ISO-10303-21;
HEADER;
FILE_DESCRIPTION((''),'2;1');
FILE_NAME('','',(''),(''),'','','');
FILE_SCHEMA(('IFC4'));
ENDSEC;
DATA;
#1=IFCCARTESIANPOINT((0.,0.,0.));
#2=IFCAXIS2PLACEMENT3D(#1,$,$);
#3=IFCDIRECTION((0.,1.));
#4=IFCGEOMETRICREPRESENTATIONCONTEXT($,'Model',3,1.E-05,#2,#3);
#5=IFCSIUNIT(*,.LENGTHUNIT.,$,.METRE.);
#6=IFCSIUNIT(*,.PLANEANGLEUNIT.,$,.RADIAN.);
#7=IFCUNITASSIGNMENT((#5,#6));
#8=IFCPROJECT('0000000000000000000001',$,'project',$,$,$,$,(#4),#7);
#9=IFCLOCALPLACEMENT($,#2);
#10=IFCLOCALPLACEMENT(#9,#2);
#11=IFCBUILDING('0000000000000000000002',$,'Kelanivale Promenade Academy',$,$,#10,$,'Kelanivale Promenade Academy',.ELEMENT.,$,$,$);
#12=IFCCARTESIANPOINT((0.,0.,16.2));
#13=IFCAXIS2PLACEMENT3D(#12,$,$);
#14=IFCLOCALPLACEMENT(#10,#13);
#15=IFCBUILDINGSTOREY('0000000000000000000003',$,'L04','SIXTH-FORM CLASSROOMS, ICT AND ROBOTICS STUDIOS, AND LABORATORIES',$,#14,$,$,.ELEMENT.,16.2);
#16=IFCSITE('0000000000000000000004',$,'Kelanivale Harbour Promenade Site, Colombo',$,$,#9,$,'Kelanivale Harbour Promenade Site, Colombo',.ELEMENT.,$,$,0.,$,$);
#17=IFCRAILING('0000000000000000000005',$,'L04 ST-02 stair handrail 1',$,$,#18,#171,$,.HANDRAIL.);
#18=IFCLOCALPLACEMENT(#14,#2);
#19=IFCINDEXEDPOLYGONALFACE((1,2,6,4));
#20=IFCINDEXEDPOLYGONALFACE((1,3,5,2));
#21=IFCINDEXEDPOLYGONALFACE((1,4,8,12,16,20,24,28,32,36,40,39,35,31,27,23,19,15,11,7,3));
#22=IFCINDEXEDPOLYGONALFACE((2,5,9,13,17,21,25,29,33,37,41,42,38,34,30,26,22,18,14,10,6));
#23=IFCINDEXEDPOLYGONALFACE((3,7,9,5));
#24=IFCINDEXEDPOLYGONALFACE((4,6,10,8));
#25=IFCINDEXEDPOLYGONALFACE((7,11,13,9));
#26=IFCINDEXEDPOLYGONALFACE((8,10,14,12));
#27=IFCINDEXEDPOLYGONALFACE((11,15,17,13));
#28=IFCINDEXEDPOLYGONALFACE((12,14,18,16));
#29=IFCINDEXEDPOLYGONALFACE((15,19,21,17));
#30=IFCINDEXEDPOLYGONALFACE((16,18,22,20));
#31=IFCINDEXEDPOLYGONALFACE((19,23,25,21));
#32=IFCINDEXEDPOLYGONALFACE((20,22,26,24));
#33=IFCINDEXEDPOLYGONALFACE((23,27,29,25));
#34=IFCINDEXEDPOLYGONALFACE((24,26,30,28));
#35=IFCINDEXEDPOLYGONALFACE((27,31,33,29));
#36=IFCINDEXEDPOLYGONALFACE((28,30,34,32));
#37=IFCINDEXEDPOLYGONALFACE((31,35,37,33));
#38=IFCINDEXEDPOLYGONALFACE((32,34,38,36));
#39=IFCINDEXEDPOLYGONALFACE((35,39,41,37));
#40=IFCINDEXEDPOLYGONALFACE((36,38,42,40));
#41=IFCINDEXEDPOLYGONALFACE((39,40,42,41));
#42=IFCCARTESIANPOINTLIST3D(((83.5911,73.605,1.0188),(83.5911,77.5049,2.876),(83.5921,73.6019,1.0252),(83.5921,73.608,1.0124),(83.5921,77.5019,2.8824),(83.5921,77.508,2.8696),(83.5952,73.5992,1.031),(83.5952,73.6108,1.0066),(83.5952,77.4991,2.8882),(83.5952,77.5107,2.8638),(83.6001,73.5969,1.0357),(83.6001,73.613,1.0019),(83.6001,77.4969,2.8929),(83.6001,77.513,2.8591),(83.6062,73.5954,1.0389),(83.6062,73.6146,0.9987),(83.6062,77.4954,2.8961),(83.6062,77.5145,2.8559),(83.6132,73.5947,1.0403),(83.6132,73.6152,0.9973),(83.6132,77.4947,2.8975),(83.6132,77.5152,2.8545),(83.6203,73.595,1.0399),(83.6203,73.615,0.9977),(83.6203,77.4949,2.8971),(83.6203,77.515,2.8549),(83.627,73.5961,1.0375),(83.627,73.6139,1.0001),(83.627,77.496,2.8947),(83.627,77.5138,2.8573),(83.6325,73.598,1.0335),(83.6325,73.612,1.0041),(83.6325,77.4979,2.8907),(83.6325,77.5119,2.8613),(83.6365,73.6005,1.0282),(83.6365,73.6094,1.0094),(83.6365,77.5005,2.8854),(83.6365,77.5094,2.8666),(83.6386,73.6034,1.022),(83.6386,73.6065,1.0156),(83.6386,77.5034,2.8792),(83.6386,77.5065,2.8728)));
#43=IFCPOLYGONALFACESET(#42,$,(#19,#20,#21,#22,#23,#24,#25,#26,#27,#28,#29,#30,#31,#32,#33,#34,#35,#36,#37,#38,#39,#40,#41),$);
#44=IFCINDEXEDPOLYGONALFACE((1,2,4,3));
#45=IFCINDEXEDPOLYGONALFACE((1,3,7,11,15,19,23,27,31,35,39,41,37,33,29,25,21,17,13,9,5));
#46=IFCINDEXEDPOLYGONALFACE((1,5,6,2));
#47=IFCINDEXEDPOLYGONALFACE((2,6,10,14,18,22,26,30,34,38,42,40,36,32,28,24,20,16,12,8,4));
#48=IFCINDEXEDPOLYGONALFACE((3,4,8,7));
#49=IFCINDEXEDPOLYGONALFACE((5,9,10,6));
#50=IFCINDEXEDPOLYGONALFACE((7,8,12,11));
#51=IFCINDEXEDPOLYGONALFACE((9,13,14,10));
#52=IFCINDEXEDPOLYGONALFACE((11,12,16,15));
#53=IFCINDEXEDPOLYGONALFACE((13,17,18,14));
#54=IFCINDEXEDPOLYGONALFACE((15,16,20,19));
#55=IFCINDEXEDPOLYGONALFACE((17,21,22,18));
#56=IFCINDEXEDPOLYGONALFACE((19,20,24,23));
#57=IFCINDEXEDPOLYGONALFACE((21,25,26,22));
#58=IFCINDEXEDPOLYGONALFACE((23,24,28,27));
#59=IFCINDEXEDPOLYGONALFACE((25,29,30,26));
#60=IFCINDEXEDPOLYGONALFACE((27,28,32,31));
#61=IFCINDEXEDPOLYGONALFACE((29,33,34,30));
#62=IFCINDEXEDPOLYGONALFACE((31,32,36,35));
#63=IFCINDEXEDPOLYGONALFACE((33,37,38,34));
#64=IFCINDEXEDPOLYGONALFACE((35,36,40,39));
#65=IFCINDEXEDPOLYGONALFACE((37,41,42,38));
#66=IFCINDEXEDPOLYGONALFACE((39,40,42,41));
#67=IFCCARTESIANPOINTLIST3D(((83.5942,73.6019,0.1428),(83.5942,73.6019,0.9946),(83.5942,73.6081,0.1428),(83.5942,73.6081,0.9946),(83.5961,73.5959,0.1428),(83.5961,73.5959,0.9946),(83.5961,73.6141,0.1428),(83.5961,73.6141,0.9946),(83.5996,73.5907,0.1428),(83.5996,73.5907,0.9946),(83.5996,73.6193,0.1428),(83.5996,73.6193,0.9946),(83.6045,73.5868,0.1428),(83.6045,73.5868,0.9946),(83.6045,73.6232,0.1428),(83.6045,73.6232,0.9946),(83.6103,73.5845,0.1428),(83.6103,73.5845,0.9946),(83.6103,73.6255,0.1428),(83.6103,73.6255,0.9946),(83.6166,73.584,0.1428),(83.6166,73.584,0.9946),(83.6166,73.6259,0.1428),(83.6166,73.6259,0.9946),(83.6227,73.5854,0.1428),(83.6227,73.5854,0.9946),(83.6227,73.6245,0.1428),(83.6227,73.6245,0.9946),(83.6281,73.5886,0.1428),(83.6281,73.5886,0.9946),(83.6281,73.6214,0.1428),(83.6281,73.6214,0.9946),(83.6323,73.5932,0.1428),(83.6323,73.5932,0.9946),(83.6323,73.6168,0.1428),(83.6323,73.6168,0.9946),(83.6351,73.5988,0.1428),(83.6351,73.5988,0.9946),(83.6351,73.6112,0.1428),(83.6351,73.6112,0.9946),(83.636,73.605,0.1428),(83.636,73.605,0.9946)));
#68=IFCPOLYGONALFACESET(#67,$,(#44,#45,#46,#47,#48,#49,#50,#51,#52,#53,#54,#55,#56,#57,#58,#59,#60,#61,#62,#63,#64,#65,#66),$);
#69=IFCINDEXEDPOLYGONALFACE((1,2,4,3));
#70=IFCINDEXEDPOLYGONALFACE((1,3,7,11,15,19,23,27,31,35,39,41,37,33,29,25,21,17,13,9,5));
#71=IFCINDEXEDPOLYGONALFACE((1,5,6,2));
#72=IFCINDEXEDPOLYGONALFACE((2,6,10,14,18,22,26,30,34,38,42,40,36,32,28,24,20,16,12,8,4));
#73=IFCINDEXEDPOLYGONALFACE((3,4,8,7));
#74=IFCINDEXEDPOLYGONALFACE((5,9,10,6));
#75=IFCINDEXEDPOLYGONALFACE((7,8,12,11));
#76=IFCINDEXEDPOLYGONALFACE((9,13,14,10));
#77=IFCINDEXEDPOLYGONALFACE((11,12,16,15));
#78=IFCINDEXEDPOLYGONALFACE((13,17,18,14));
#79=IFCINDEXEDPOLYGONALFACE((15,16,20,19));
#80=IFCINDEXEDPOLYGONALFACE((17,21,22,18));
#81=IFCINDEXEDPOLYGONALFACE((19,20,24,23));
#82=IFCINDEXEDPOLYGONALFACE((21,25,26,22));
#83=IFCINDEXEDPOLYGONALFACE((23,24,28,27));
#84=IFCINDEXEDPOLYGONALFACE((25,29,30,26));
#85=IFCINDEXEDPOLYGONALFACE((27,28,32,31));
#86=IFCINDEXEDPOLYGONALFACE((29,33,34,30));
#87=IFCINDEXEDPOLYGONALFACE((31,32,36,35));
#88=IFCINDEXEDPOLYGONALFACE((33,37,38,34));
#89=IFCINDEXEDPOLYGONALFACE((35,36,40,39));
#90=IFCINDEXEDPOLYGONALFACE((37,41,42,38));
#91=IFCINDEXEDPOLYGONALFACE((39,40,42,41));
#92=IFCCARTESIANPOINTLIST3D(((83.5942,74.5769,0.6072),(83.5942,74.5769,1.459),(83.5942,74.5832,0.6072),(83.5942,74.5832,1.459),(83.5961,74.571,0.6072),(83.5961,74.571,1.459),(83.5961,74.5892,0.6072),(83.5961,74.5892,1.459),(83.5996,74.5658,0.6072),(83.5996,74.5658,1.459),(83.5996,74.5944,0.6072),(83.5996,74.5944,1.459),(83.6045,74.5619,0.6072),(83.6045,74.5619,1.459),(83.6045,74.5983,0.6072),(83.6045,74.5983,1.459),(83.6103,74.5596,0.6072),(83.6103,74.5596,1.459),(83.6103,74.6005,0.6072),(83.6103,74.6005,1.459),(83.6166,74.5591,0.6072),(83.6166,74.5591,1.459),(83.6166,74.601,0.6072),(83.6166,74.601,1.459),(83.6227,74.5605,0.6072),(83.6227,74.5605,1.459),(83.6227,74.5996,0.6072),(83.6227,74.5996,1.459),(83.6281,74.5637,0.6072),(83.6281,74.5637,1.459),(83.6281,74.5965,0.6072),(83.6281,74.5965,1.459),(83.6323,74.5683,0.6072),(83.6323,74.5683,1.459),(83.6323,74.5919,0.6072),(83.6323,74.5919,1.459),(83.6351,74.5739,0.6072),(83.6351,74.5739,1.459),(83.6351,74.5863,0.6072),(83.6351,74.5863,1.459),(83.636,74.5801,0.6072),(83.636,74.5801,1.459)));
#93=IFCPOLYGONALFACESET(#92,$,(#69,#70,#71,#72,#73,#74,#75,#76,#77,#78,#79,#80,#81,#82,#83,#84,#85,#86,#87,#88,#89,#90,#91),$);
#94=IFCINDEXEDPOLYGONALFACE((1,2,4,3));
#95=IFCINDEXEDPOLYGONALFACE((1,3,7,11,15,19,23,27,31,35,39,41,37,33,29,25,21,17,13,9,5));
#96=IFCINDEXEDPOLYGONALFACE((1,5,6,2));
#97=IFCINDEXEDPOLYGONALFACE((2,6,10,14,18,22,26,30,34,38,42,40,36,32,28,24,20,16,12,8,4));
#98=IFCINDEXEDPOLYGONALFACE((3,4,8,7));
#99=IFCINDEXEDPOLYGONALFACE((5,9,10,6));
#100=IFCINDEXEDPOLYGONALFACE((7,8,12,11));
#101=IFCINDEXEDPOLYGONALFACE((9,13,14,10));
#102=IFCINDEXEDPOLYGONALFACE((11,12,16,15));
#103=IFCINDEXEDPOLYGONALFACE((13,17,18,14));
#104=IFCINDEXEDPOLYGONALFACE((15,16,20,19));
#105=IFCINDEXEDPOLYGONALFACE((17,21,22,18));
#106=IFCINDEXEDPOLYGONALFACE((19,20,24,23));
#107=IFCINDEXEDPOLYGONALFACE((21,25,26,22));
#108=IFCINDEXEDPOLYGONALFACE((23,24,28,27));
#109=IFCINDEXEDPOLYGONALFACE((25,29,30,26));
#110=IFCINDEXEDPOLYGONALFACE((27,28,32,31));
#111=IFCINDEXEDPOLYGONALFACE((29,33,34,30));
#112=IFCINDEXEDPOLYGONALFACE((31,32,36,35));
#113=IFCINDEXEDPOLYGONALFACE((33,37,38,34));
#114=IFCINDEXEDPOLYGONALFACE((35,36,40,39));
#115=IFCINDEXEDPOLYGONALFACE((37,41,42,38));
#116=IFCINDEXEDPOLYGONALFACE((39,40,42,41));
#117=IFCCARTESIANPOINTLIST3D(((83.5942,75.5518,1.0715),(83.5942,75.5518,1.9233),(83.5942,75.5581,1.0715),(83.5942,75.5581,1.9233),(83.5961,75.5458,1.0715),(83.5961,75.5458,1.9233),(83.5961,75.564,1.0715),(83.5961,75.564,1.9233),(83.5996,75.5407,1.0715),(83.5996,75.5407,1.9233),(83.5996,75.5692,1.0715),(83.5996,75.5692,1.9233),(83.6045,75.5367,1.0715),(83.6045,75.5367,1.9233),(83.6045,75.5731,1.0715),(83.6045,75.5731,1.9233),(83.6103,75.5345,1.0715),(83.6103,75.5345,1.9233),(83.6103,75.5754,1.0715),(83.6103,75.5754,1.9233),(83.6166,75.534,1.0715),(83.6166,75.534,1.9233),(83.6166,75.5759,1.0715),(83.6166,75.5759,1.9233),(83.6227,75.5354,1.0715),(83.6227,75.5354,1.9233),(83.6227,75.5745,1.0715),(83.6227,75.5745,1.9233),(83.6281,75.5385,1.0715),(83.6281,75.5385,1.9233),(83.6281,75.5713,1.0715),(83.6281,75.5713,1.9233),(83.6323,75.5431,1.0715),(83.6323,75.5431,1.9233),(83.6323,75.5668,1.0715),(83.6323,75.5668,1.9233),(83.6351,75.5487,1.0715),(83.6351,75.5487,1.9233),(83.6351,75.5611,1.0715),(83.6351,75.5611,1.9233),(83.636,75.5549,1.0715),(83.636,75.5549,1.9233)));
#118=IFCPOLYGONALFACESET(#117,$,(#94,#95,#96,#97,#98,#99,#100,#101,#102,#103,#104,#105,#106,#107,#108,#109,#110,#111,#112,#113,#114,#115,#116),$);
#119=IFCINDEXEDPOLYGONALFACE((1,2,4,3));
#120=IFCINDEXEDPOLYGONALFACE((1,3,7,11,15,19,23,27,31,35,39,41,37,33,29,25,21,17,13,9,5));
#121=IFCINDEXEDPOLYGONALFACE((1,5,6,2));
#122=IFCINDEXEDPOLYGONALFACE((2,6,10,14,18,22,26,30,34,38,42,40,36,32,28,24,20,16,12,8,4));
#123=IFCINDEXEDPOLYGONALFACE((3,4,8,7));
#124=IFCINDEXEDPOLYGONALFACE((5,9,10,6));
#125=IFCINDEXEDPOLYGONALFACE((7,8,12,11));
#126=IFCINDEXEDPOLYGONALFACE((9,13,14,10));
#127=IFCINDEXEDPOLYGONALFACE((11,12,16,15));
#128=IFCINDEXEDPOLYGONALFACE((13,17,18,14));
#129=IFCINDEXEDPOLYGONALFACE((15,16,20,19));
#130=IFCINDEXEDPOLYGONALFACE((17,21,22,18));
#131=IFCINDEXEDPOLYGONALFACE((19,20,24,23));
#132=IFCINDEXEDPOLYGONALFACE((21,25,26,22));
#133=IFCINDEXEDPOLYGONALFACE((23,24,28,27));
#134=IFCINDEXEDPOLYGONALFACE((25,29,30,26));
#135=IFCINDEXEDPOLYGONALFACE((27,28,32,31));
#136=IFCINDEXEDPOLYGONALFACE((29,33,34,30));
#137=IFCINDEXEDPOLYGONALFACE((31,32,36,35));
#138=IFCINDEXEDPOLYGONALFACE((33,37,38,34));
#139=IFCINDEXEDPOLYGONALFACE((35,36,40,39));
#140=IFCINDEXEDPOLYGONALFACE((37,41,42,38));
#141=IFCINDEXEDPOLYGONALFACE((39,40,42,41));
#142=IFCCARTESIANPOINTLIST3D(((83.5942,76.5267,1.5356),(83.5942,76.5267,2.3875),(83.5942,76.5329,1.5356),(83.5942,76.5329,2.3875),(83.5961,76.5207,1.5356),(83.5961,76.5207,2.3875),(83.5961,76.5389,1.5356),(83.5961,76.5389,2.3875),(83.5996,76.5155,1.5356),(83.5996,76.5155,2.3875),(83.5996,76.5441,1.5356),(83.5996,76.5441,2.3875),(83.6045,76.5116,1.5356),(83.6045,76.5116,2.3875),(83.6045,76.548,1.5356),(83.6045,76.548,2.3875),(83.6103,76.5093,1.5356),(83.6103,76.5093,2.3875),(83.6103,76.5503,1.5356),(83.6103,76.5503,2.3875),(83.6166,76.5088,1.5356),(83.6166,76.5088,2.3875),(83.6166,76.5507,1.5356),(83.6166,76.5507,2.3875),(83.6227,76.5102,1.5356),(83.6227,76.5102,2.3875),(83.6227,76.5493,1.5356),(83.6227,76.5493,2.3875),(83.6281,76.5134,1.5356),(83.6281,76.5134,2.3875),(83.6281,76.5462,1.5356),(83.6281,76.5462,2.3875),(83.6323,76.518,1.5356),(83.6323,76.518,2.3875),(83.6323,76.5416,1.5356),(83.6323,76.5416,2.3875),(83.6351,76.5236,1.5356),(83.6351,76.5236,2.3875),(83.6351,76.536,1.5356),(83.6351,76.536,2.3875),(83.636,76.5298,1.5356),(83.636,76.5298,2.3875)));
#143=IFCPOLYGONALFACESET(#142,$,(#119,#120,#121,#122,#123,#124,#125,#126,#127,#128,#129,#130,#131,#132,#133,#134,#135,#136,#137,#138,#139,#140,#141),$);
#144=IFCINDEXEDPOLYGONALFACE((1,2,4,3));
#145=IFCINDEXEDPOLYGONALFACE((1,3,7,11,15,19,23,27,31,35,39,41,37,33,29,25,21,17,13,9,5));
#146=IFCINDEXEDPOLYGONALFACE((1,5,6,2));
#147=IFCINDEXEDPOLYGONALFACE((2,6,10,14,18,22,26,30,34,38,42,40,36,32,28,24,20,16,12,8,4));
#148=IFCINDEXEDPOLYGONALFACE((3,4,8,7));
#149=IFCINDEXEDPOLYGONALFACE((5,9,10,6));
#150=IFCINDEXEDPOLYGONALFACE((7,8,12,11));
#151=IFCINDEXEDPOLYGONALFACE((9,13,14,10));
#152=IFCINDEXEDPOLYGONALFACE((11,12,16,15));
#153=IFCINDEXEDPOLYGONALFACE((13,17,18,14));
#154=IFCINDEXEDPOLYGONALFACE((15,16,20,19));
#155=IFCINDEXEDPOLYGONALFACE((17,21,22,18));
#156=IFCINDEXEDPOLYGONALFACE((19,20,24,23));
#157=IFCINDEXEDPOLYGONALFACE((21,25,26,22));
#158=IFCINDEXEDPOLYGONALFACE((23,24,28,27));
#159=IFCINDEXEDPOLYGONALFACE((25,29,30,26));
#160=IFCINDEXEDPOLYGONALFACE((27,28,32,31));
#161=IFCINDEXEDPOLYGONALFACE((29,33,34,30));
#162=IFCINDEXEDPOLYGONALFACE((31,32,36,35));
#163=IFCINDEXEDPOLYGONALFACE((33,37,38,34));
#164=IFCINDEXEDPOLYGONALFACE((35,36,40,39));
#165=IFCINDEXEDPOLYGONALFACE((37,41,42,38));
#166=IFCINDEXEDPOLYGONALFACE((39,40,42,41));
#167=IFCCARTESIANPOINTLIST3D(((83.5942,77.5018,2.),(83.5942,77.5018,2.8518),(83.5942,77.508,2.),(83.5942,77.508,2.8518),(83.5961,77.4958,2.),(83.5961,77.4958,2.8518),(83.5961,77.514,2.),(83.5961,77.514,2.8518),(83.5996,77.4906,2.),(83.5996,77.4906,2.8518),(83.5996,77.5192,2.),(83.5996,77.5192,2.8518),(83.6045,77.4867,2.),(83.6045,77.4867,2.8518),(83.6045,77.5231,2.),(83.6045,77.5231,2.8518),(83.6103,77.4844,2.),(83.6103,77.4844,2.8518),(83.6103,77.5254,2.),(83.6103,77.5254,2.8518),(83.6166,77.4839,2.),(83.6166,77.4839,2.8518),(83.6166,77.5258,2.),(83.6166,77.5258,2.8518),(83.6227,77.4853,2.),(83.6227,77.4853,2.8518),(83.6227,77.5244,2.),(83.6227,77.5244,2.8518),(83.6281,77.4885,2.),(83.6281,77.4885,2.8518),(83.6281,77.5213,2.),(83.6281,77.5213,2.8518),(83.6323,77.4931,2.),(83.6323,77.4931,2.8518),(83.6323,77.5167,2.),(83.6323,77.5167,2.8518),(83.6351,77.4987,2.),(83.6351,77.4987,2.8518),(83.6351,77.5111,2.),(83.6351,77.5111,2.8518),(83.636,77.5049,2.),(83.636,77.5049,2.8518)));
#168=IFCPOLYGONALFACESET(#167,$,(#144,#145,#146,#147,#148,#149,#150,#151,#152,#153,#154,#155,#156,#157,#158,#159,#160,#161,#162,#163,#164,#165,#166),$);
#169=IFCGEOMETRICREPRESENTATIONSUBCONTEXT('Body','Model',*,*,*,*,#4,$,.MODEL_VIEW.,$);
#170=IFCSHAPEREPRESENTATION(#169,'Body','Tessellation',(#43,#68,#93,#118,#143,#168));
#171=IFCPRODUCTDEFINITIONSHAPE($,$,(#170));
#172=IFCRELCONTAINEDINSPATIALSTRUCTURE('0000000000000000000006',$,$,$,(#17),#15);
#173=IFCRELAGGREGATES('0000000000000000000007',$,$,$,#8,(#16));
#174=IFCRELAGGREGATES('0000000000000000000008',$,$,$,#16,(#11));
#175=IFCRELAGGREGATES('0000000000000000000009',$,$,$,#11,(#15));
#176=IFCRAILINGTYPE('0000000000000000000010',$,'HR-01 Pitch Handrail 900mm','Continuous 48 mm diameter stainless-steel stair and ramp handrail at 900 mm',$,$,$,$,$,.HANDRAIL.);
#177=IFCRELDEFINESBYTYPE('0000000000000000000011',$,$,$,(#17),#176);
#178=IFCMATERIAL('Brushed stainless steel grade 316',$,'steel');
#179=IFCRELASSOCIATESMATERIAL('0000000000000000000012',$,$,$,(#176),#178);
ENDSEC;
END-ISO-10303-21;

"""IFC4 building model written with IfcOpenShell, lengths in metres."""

from ifc_helpers import new_model, si_unit, direction, frame, origin, origin_2d, place, context, subcontext, project, spatial, circle, extrude, material, type_object, element, save


model = new_model("IFC4")

# Units and contexts
model_context = context("Model", 3, precision=1e-05, world=origin(), true_north=direction((0.0, 1.0)))
body_context = subcontext(model_context, "Body", "Model", "MODEL_VIEW")
ifc_project = project(units=[si_unit("LENGTHUNIT", "METRE"), si_unit("PLANEANGLEUNIT", "RADIAN")], contexts=[model_context])

# Site, building, storey
site_placement = place(None, origin())
site = spatial("IfcSite", under=ifc_project, at=site_placement, Name="Kelanivale Harbour Promenade Site, Colombo", LongName="Kelanivale Harbour Promenade Site, Colombo", CompositionType="ELEMENT", RefElevation=0.0)
building_placement = place(site_placement, origin())
building = spatial("IfcBuilding", under=site, at=building_placement, Name="Kelanivale Promenade Academy", LongName="Kelanivale Promenade Academy", CompositionType="ELEMENT")
storey_placement = place(building_placement, frame((0.0, 0.0, 16.2)))
storey = spatial("IfcBuildingStorey", under=building, at=storey_placement, Name="L04", Description="SIXTH-FORM CLASSROOMS, ICT AND ROBOTICS STUDIOS, AND LABORATORIES", CompositionType="ELEMENT", Elevation=16.2)

# Railing
ifc_material_1 = material(Name="Brushed stainless steel grade 316", Category="steel")
railing_type_1 = type_object("IfcRailingType", Name="HR-01 Pitch Handrail 900mm", Description="Continuous 48 mm diameter stainless-steel stair and ramp handrail at 900 mm", PredefinedType="HANDRAIL", material=ifc_material_1)
railing_1_placement = place(storey_placement, frame((83.615, 73.605, 0.1428)))
element("IfcRailing", 1, at=railing_1_placement, inside=storey, type_object=railing_type_1, Name="L04 ST-02 stair handrail 1", PredefinedType="HANDRAIL", context=body_context, shape_type="SweptSolid", body=[
    extrude(circle(Radius=0.0239, at=origin_2d()), frame((0.0, 0.0, 0.876), z_axis=(0.0, 0.902853, 0.429949), x_axis=(-1.0, 0.0, 0.0)), (0.0, 0.0, 1.0), 4.3196),
    extrude(circle(Radius=0.021, at=origin_2d()), origin(), (0.0, 0.0, 1.0), 0.8518),
    extrude(circle(Radius=0.021, at=origin_2d()), frame((0.0, 0.9751, 0.4644)), (0.0, 0.0, 1.0), 0.8518),
    extrude(circle(Radius=0.021, at=origin_2d()), frame((0.0, 1.95, 0.9287)), (0.0, 0.0, 1.0), 0.8518),
    extrude(circle(Radius=0.021, at=origin_2d()), frame((0.0, 2.9248, 1.3928)), (0.0, 0.0, 1.0), 0.8518),
    extrude(circle(Radius=0.021, at=origin_2d()), frame((0.0, 3.8999, 1.8572)), (0.0, 0.0, 1.0), 0.8518),
])

save(model, "model.ifc")
